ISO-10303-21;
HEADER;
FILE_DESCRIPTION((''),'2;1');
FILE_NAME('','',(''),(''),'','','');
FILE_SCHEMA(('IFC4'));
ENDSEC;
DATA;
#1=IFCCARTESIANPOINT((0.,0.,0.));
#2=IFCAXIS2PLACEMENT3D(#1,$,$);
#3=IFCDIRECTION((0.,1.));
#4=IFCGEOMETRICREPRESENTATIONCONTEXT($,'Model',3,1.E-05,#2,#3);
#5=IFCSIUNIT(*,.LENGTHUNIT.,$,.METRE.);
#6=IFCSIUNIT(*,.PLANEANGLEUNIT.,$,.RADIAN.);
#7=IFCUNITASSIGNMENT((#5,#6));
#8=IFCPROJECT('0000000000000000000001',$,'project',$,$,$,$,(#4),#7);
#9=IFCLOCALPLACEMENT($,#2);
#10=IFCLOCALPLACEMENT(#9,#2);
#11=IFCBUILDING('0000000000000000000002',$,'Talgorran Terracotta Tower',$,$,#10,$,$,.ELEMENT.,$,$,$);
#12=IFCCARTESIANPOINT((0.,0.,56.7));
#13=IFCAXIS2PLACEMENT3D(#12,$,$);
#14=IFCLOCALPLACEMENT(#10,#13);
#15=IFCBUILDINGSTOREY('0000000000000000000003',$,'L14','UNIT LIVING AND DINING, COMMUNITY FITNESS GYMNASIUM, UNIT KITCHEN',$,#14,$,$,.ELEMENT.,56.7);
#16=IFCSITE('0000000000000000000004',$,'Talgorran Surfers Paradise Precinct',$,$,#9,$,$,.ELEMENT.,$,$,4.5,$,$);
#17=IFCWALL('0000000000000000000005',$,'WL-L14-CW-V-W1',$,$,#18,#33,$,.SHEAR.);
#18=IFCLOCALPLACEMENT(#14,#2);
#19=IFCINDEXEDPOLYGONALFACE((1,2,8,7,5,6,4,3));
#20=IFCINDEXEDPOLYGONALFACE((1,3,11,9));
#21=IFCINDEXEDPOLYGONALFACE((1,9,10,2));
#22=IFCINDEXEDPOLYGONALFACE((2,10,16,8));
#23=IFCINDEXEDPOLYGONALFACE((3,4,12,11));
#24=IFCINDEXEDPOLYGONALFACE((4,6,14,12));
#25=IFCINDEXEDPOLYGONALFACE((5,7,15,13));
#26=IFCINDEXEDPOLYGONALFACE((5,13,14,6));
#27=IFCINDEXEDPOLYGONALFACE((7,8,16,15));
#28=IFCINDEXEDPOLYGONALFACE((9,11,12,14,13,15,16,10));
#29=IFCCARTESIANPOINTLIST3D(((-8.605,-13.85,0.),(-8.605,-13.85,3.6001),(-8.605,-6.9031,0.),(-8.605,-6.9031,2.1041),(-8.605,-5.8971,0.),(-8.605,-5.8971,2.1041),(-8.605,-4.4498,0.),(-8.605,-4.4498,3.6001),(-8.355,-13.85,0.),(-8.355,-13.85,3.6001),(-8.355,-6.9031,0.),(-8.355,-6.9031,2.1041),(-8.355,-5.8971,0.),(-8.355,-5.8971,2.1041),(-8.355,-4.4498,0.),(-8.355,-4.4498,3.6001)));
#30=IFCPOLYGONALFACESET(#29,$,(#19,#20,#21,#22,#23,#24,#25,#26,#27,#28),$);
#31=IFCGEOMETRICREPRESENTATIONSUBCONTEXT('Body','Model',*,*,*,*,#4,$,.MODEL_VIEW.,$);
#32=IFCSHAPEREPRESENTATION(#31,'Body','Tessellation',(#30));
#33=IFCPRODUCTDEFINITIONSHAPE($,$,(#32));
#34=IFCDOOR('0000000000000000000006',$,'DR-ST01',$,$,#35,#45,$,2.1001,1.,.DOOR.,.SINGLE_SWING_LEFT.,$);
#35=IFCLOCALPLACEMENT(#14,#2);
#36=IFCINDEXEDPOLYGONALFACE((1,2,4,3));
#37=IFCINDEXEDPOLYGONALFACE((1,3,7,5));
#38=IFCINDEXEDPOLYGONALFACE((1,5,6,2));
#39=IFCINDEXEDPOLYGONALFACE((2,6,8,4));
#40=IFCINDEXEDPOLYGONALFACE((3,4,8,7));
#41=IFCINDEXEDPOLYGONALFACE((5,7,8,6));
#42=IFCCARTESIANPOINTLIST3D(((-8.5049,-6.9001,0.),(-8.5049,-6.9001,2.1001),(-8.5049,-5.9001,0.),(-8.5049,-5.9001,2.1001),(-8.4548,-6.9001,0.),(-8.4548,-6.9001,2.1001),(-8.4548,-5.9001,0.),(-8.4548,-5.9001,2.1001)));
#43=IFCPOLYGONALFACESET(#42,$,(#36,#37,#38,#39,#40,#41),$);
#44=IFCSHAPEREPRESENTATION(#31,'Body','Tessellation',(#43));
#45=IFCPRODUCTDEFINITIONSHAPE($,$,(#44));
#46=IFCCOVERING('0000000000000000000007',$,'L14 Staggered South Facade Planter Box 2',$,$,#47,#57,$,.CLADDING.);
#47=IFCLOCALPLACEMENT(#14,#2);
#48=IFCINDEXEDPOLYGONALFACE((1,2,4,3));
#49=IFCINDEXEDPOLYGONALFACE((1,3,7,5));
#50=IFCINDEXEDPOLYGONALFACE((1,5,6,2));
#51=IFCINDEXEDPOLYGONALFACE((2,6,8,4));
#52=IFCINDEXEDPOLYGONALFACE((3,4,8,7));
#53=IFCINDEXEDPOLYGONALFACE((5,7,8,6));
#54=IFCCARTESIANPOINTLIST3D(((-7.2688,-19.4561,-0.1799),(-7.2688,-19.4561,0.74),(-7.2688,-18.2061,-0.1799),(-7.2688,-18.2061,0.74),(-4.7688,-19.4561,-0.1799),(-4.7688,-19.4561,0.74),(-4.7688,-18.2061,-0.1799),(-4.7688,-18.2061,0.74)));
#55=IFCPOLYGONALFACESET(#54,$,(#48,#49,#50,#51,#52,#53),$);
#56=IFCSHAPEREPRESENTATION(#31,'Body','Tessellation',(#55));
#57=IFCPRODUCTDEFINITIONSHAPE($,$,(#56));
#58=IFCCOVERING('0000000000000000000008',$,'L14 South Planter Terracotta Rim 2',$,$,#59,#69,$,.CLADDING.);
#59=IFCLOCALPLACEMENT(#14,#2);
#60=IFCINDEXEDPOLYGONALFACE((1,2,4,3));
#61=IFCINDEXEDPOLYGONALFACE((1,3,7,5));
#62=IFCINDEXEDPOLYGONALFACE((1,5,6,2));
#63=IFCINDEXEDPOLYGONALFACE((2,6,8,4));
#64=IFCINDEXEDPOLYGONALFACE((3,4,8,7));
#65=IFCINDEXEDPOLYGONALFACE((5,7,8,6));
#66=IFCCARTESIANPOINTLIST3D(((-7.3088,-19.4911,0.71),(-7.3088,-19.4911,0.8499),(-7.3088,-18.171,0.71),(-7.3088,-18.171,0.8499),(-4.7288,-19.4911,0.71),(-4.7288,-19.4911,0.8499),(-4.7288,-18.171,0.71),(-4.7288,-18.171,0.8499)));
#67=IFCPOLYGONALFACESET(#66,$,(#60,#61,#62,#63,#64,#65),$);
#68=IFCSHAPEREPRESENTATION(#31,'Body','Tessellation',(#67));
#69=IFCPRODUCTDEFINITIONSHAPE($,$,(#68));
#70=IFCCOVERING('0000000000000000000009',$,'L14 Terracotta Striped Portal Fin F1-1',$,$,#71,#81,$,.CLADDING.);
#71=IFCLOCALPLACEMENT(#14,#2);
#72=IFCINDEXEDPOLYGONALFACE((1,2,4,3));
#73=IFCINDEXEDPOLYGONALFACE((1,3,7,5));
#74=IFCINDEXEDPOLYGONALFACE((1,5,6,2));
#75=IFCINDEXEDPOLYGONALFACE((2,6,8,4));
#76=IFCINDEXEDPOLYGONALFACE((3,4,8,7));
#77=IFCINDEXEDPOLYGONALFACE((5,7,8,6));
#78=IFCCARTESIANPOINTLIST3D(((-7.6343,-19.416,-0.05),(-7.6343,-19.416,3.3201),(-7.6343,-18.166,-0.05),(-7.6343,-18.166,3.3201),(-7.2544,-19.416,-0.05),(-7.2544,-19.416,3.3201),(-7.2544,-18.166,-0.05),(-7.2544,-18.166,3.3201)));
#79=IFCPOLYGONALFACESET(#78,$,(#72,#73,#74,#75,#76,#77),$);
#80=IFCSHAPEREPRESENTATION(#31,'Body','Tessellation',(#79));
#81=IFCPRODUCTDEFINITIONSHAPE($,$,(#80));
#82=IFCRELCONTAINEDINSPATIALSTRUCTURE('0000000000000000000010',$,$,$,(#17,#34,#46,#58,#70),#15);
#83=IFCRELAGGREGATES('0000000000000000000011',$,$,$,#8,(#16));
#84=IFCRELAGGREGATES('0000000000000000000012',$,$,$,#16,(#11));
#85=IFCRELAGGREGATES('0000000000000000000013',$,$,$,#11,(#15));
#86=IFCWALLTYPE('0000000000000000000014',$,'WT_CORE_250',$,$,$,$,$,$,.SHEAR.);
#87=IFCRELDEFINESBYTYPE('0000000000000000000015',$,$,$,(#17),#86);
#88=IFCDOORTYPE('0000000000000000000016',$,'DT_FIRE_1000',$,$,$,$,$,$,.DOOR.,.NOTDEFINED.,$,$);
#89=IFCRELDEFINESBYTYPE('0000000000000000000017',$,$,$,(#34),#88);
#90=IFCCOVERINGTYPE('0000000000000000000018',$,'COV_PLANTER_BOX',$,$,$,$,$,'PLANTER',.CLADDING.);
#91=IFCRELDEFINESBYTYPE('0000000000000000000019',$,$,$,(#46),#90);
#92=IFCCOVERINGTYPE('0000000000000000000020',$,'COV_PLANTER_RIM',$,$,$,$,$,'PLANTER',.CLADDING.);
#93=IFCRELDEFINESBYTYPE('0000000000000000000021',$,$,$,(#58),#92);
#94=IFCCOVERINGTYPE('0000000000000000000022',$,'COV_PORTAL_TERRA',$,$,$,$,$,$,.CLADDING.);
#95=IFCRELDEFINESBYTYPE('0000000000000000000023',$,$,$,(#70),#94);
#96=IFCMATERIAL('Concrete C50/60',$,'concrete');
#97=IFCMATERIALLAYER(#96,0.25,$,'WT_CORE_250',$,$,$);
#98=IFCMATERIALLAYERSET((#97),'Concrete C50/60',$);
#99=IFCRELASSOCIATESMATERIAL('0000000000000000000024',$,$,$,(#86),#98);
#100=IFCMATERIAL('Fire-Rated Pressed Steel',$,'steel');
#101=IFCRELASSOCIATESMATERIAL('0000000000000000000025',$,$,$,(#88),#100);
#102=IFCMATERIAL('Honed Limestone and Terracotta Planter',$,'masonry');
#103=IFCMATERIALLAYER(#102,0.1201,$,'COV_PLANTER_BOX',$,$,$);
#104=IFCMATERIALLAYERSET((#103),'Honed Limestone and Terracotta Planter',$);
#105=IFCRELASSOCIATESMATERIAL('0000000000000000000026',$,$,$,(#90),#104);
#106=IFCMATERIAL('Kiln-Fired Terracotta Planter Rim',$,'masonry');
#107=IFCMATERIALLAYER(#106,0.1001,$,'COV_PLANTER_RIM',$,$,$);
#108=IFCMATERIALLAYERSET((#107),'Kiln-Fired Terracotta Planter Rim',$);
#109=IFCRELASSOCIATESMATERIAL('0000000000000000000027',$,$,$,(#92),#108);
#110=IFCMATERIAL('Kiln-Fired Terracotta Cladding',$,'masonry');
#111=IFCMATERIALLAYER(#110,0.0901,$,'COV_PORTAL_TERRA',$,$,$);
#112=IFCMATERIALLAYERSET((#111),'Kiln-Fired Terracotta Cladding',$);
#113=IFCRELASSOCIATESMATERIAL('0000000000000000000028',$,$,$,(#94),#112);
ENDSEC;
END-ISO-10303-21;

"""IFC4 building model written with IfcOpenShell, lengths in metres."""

from ifc_helpers import new_model, si_unit, direction, frame, frame_2d, origin, origin_2d, place, context, subcontext, project, spatial, rectangle, extrude, material, layer, layer_set, type_object, element, fill, save


model = new_model("IFC4")

# Units and contexts
model_context = context("Model", 3, precision=1e-05, world=origin(), true_north=direction((0.0, 1.0)))
body_context = subcontext(model_context, "Body", "Model", "MODEL_VIEW")
ifc_project = project(units=[si_unit("LENGTHUNIT", "METRE"), si_unit("PLANEANGLEUNIT", "RADIAN")], contexts=[model_context])

# Site, building, storey
site_placement = place(None, origin())
site = spatial("IfcSite", under=ifc_project, at=site_placement, Name="Talgorran Surfers Paradise Precinct", CompositionType="ELEMENT", RefElevation=4.5)
building_placement = place(site_placement, origin())
building = spatial("IfcBuilding", under=site, at=building_placement, Name="Talgorran Terracotta Tower", CompositionType="ELEMENT")
storey_placement = place(building_placement, frame((0.0, 0.0, 56.7)))
storey = spatial("IfcBuildingStorey", under=building, at=storey_placement, Name="L14", Description="UNIT LIVING AND DINING, COMMUNITY FITNESS GYMNASIUM, UNIT KITCHEN", CompositionType="ELEMENT", Elevation=56.7)

# Wall, opening, door
ifc_material_1 = material(Name="Concrete C50/60", Category="concrete")
ifc_layer_1 = layer(ifc_material_1, 0.25, Name="WT_CORE_250")
ifc_layer_set_1 = layer_set([ifc_layer_1], Name="Concrete C50/60")
wall_type = type_object("IfcWallType", Name="WT_CORE_250", PredefinedType="SHEAR", material=ifc_layer_set_1)
wall_placement = place(storey_placement, frame((-8.48, -13.8501, 0.0), z_axis=(0.0, 0.0, 1.0), x_axis=(0.0, 1.0, 0.0)))
wall = element("IfcWall", 1, at=wall_placement, inside=storey, type_object=wall_type, Name="WL-L14-CW-V-W1", PredefinedType="SHEAR", context=body_context, shape_type="SweptSolid", body=[
    extrude(rectangle(XDim=9.4001, YDim=0.25, at=frame_2d((4.7002, 0.0))), origin(), (0.0, 0.0, 1.0), 3.6001),
])
opening_placement = place(wall_placement, frame((6.95, 0.0, 0.0)))
opening = element("IfcOpeningElement", 2, at=opening_placement, cuts=wall, PredefinedType="OPENING", context=body_context, shape_type="SweptSolid", body=[
    extrude(rectangle(XDim=1.006, YDim=2.1041, at=frame_2d((0.5, 1.052))), frame((0.0, 0.135, 0.0), z_axis=(0.0, -1.0, 0.0), x_axis=(1.0, 0.0, 0.0)), (0.0, 0.0, 1.0), 0.27),
])
ifc_material_2 = material(Name="Fire-Rated Pressed Steel", Category="steel")
door_type = type_object("IfcDoorType", Name="DT_FIRE_1000", OperationType="NOTDEFINED", PredefinedType="DOOR", material=ifc_material_2)
door_placement = place(opening_placement, origin())
door = element("IfcDoor", 3, at=door_placement, inside=storey, type_object=door_type, Name="DR-ST01", OperationType="SINGLE_SWING_LEFT", OverallHeight=2.1001, OverallWidth=1.0, PredefinedType="DOOR", context=body_context, shape_type="SweptSolid", body=[
    extrude(rectangle(XDim=1.0, YDim=2.1001, at=frame_2d((0.5, 1.05))), frame((0.0, 0.0249, 0.0), z_axis=(0.0, -1.0, 0.0), x_axis=(1.0, 0.0, 0.0)), (0.0, 0.0, 1.0), 0.05),
])
fill(opening, door)

# Coverings
ifc_material_3 = material(Name="Honed Limestone and Terracotta Planter", Category="masonry")
ifc_layer_2 = layer(ifc_material_3, 0.1201, Name="COV_PLANTER_BOX")
ifc_layer_set_2 = layer_set([ifc_layer_2], Name="Honed Limestone and Terracotta Planter")
covering_type_1 = type_object("IfcCoveringType", Name="COV_PLANTER_BOX", ElementType="PLANTER", PredefinedType="CLADDING", material=ifc_layer_set_2)
covering_1_placement = place(storey_placement, frame((-6.0188, -18.8311, -0.1799), z_axis=(0.0, 0.0, 1.0), x_axis=(1.0, 0.0, 0.0)))
element("IfcCovering", 4, at=covering_1_placement, inside=storey, type_object=covering_type_1, Name="L14 Staggered South Facade Planter Box 2", PredefinedType="CLADDING", context=body_context, shape_type="SweptSolid", body=[
    extrude(rectangle(XDim=2.5, YDim=1.25, at=origin_2d()), origin(), (0.0, 0.0, 1.0), 0.9199),
])
ifc_material_4 = material(Name="Kiln-Fired Terracotta Planter Rim", Category="masonry")
ifc_layer_3 = layer(ifc_material_4, 0.1001, Name="COV_PLANTER_RIM")
ifc_layer_set_3 = layer_set([ifc_layer_3], Name="Kiln-Fired Terracotta Planter Rim")
covering_type_2 = type_object("IfcCoveringType", Name="COV_PLANTER_RIM", ElementType="PLANTER", PredefinedType="CLADDING", material=ifc_layer_set_3)
covering_2_placement = place(storey_placement, frame((-6.0188, -18.8311, 0.71), z_axis=(0.0, 0.0, 1.0), x_axis=(1.0, 0.0, 0.0)))
element("IfcCovering", 5, at=covering_2_placement, inside=storey, type_object=covering_type_2, Name="L14 South Planter Terracotta Rim 2", PredefinedType="CLADDING", context=body_context, shape_type="SweptSolid", body=[
    extrude(rectangle(XDim=2.5801, YDim=1.3201, at=origin_2d()), origin(), (0.0, 0.0, 1.0), 0.1399),
])
ifc_material_5 = material(Name="Kiln-Fired Terracotta Cladding", Category="masonry")
ifc_layer_4 = layer(ifc_material_5, 0.0901, Name="COV_PORTAL_TERRA")
ifc_layer_set_4 = layer_set([ifc_layer_4], Name="Kiln-Fired Terracotta Cladding")
covering_type_3 = type_object("IfcCoveringType", Name="COV_PORTAL_TERRA", PredefinedType="CLADDING", material=ifc_layer_set_4)
covering_3_placement = place(storey_placement, frame((-7.4443, -18.791, -0.05), z_axis=(0.0, 0.0, 1.0), x_axis=(1.0, 0.0, 0.0)))
element("IfcCovering", 6, at=covering_3_placement, inside=storey, type_object=covering_type_3, Name="L14 Terracotta Striped Portal Fin F1-1", PredefinedType="CLADDING", context=body_context, shape_type="SweptSolid", body=[
    extrude(rectangle(XDim=0.3799, YDim=1.25, at=origin_2d()), origin(), (0.0, 0.0, 1.0), 3.3701),
])

save(model, "model.ifc")
